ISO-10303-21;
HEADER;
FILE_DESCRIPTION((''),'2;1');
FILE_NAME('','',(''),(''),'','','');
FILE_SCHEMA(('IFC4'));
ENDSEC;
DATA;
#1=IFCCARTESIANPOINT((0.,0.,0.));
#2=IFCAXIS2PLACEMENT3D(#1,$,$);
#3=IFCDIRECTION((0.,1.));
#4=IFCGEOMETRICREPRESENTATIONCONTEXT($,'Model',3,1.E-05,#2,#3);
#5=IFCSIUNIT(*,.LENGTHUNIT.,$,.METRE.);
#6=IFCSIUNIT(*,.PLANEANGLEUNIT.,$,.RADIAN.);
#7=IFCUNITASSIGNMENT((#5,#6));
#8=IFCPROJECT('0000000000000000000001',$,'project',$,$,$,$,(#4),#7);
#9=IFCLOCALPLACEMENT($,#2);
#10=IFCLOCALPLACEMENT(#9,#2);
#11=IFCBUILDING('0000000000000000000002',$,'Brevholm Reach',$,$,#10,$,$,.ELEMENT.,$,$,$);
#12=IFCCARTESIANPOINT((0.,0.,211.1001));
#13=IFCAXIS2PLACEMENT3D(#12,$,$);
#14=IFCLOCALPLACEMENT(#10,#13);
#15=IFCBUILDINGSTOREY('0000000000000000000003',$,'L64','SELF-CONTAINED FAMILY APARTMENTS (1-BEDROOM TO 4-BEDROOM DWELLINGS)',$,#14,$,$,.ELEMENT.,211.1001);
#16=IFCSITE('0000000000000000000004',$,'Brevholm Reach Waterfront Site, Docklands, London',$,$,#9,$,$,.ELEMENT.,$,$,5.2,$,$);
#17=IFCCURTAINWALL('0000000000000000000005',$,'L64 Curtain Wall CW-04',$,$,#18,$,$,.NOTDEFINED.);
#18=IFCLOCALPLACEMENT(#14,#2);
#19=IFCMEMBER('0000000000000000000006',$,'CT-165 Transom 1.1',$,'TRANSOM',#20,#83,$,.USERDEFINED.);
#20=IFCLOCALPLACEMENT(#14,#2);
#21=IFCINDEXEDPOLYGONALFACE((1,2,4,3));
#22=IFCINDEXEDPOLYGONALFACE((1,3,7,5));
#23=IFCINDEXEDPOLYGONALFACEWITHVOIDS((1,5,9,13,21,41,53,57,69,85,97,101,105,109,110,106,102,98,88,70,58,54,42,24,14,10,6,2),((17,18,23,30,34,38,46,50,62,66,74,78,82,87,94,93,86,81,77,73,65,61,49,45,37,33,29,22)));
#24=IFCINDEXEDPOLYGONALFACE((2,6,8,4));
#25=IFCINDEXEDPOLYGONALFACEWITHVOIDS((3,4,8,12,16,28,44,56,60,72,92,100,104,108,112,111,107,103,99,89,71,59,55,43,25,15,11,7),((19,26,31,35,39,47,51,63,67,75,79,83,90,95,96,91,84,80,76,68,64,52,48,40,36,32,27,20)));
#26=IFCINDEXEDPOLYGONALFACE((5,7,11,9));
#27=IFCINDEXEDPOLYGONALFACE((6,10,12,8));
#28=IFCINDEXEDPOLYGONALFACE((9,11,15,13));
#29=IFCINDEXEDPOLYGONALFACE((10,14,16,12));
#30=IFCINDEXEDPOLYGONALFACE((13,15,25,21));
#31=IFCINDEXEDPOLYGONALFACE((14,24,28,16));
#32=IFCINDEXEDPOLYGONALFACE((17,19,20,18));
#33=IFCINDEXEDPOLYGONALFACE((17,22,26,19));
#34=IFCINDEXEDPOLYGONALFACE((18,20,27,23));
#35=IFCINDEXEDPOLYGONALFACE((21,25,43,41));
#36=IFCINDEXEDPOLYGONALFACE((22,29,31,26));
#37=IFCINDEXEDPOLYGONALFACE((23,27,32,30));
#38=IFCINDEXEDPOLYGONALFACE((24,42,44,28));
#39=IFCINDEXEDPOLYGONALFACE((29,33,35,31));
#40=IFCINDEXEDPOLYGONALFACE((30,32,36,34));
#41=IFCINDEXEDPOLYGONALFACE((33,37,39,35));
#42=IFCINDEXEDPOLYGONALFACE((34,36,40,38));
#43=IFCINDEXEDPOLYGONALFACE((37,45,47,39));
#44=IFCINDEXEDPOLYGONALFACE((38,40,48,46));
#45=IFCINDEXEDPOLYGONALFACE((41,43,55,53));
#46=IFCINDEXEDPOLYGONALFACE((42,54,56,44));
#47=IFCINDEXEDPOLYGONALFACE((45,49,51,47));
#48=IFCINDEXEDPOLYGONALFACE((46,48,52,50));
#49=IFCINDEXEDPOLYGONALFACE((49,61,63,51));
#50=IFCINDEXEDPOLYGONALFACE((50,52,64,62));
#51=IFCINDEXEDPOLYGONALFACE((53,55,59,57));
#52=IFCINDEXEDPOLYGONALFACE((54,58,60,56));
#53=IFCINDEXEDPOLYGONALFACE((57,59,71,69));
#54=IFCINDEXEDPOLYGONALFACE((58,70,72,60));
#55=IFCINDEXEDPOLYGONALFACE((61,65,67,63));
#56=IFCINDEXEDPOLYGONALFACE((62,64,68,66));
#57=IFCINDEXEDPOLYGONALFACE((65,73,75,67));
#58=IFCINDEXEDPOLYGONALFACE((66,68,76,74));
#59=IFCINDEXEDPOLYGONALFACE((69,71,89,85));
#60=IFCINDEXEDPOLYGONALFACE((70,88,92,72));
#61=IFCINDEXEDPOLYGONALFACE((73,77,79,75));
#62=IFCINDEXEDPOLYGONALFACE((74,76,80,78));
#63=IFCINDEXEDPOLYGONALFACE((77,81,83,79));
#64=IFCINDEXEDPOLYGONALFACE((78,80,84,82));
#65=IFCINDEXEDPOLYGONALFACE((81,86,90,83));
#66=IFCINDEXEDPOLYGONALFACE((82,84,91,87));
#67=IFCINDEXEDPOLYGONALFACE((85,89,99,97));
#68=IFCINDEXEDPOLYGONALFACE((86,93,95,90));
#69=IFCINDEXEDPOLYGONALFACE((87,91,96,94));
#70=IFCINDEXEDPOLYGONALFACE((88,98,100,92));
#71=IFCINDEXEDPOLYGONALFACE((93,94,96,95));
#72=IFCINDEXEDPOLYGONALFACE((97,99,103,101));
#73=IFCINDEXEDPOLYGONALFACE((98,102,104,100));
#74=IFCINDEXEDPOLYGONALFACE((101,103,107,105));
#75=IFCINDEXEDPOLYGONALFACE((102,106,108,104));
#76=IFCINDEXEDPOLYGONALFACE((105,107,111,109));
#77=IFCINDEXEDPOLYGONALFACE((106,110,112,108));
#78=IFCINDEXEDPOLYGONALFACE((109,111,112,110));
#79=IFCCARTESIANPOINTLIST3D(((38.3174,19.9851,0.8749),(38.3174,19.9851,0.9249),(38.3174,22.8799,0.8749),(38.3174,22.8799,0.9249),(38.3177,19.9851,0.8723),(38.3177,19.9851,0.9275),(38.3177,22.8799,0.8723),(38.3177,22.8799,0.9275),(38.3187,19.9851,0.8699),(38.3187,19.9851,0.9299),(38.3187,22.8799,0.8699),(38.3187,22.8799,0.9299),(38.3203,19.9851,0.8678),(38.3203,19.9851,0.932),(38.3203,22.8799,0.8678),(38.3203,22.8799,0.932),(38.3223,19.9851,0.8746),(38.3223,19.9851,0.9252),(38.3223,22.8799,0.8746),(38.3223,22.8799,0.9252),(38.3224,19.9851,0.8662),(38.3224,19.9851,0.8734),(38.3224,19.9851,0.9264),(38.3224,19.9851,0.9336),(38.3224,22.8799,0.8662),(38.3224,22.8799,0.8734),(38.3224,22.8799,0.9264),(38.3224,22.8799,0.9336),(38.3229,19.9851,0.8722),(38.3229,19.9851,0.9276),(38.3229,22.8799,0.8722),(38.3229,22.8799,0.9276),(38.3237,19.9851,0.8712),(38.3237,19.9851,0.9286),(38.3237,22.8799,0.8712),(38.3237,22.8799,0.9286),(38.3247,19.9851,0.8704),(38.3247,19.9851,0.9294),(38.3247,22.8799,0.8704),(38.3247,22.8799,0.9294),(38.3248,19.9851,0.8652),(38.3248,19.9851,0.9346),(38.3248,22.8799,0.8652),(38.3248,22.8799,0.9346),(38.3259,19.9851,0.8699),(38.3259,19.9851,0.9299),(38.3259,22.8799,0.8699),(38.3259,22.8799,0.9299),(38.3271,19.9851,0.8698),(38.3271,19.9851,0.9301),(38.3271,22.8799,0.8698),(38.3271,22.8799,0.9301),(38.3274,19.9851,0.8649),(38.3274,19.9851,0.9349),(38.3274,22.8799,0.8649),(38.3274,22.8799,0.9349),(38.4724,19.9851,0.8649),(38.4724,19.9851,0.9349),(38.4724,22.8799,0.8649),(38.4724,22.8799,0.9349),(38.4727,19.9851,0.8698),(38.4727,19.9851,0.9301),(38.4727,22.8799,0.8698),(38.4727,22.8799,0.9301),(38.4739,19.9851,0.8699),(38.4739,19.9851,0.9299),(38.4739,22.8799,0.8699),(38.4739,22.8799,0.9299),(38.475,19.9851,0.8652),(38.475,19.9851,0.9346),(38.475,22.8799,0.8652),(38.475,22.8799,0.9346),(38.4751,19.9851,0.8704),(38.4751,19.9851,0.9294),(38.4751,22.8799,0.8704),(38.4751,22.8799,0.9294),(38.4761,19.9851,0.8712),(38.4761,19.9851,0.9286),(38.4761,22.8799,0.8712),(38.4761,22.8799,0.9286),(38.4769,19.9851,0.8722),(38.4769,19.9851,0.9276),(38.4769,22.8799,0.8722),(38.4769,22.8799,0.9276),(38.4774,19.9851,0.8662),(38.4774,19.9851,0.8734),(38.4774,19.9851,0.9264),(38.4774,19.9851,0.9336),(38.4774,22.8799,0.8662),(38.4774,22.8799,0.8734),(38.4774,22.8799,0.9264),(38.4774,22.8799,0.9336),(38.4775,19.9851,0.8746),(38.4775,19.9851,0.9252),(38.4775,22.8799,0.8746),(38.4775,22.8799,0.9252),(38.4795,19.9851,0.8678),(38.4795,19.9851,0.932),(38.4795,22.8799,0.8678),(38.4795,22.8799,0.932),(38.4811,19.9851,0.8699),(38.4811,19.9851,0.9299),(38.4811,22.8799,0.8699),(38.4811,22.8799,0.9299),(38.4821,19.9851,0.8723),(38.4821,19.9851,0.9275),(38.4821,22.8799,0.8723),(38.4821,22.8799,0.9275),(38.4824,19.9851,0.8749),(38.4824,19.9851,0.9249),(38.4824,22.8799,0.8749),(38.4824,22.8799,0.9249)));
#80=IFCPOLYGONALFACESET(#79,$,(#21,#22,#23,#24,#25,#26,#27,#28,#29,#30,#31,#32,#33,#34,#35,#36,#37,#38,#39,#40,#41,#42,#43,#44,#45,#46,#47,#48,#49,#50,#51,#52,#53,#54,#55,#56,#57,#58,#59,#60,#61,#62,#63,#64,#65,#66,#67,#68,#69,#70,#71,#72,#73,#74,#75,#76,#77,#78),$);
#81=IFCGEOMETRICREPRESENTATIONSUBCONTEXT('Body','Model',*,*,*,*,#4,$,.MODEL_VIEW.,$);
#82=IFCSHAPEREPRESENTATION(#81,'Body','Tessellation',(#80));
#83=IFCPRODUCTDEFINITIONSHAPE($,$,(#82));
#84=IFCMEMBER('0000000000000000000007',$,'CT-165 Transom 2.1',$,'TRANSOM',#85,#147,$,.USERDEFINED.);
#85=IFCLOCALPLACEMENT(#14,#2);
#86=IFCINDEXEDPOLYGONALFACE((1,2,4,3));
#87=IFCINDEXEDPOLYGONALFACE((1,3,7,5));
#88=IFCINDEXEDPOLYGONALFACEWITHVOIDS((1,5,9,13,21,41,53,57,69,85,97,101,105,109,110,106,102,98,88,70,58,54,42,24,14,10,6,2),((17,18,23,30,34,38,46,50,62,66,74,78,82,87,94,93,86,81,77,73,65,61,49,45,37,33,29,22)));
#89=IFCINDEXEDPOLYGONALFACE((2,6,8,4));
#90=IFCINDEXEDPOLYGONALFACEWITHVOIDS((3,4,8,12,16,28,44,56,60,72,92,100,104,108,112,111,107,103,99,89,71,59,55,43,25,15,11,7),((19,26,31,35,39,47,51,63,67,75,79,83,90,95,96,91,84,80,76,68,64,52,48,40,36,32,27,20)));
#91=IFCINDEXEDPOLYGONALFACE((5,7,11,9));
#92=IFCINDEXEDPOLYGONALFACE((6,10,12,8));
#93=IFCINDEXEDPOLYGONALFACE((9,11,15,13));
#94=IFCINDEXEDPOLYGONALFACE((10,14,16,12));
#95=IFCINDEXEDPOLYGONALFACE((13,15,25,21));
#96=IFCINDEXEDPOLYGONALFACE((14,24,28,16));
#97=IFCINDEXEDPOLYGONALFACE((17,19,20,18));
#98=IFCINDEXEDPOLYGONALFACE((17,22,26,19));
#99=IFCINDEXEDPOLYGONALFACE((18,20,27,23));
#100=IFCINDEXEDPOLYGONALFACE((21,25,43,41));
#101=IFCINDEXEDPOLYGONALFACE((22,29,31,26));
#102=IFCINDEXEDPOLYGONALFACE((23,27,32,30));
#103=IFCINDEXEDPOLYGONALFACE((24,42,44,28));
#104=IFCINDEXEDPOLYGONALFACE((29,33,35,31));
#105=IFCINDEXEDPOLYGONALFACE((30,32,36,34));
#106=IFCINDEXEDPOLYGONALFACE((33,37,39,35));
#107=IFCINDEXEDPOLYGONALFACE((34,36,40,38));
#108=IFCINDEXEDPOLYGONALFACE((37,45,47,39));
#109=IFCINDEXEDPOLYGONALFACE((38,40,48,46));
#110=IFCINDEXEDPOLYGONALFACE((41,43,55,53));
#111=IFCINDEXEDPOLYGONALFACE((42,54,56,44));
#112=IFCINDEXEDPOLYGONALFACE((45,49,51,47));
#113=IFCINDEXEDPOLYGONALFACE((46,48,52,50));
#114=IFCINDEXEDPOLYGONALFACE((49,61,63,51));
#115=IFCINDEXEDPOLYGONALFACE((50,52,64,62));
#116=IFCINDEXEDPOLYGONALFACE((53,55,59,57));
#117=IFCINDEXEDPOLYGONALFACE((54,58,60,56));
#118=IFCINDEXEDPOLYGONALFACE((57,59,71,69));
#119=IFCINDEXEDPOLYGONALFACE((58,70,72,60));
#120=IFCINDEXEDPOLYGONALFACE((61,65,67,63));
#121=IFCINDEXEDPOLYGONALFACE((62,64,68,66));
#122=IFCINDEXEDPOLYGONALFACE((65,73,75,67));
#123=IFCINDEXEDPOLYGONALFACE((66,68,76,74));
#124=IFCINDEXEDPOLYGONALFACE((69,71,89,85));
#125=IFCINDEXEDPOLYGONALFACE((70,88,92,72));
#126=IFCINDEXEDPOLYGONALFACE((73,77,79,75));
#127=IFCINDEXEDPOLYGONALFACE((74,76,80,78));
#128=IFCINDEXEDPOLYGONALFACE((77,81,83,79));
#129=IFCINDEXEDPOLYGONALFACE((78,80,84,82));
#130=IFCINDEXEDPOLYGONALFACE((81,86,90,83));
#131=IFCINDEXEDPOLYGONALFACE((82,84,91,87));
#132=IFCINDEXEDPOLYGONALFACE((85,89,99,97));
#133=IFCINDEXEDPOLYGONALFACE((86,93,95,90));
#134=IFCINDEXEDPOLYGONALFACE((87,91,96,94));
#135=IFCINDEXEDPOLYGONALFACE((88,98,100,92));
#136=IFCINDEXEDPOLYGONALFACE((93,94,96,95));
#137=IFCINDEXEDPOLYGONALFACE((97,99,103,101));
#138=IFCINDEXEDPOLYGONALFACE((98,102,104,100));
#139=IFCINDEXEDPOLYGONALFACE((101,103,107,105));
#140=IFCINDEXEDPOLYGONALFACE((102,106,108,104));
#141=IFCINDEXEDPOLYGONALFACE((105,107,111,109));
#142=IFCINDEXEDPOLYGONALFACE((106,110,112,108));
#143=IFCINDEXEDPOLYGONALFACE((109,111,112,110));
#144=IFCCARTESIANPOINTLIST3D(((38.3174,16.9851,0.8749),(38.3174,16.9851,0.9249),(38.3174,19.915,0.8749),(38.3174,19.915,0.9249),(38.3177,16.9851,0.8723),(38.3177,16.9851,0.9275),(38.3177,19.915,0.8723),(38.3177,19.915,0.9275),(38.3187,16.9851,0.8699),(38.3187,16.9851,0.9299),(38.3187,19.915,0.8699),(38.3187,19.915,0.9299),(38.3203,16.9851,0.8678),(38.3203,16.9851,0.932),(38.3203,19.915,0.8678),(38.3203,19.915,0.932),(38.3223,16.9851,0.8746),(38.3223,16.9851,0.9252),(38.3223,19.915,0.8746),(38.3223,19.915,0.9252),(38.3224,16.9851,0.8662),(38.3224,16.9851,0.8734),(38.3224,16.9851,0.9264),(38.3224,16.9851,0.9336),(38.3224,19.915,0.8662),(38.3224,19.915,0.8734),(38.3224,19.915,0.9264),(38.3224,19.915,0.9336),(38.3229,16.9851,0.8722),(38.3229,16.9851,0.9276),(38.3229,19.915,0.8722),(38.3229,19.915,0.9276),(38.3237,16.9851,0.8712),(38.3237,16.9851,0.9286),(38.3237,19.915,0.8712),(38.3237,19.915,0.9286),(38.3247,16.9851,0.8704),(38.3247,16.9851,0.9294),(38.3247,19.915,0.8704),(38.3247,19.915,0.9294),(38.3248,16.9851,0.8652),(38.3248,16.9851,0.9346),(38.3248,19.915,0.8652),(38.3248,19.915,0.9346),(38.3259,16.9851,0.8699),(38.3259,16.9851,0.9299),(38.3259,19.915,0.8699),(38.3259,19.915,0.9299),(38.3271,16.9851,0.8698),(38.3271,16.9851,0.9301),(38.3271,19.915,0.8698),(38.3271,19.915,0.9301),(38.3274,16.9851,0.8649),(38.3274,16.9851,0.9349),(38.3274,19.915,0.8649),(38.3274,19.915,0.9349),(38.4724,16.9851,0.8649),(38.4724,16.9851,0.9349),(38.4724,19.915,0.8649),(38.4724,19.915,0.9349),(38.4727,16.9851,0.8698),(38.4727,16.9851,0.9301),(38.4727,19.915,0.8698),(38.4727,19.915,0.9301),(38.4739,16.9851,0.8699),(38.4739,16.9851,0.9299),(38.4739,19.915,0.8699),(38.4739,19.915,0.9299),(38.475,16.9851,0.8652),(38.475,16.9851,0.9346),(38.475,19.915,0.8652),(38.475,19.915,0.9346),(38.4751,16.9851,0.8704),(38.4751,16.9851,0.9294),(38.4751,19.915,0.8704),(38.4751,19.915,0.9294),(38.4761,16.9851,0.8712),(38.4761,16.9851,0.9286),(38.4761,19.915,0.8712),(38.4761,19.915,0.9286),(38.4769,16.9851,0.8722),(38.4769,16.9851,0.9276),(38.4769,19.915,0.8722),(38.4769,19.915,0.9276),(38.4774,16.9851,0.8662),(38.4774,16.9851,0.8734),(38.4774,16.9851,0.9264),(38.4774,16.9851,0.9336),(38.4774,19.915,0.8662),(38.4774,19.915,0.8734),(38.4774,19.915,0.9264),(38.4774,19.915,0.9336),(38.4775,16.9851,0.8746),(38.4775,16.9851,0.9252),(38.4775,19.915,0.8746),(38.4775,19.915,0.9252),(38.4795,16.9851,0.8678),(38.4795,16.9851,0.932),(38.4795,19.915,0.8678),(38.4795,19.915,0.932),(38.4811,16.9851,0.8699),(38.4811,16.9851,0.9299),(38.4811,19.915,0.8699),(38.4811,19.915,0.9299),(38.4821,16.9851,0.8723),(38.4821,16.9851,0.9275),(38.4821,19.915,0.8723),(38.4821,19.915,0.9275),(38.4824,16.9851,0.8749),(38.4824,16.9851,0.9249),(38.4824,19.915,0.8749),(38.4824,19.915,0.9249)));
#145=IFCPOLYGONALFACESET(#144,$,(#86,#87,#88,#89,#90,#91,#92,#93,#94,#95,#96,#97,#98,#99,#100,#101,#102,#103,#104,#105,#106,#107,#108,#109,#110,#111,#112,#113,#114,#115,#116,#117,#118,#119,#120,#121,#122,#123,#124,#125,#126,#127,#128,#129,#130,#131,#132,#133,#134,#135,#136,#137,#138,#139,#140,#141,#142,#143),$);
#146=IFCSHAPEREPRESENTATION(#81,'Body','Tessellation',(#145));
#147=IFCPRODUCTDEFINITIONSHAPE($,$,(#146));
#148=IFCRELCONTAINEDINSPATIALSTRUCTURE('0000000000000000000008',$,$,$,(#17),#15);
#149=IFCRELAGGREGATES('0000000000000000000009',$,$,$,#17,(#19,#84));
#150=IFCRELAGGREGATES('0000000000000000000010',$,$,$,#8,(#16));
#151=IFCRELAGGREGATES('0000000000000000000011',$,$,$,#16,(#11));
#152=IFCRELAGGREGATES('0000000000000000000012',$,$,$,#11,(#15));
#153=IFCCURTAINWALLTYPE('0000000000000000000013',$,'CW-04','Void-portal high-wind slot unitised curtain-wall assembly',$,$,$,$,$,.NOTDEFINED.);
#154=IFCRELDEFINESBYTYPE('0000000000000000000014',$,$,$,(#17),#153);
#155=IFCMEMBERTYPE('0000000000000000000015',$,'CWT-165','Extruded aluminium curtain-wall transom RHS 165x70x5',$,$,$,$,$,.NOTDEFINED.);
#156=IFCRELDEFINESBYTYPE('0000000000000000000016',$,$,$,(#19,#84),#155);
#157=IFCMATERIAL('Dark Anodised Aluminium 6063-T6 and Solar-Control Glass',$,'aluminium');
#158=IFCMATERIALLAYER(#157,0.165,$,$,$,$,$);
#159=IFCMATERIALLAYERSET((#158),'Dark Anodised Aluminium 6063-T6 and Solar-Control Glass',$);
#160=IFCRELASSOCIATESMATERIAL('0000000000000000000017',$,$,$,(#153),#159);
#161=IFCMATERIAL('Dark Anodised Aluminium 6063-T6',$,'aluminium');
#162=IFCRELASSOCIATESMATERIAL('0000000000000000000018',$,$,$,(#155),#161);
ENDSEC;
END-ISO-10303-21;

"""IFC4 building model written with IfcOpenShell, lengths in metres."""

from ifc_helpers import new_model, si_unit, direction, frame, origin, origin_2d, place, context, subcontext, project, spatial, hollow_rectangle, extrude, material, layer, layer_set, material_profile, profile_set, type_object, element, aggregate, save


model = new_model("IFC4")

# Units and contexts
model_context = context("Model", 3, precision=1e-05, world=origin(), true_north=direction((0.0, 1.0)))
body_context = subcontext(model_context, "Body", "Model", "MODEL_VIEW")
ifc_project = project(units=[si_unit("LENGTHUNIT", "METRE"), si_unit("PLANEANGLEUNIT", "RADIAN")], contexts=[model_context])

# Site, building, storey
site_placement = place(None, origin())
site = spatial("IfcSite", under=ifc_project, at=site_placement, Name="Brevholm Reach Waterfront Site, Docklands, London", CompositionType="ELEMENT", RefElevation=5.2)
building_placement = place(site_placement, origin())
building = spatial("IfcBuilding", under=site, at=building_placement, Name="Brevholm Reach", CompositionType="ELEMENT")
storey_placement = place(building_placement, frame((0.0, 0.0, 211.1001)))
storey = spatial("IfcBuildingStorey", under=building, at=storey_placement, Name="L64", Description="SELF-CONTAINED FAMILY APARTMENTS (1-BEDROOM TO 4-BEDROOM DWELLINGS)", CompositionType="ELEMENT", Elevation=211.1001)

# Curtain wall, members
ifc_material_1 = material(Name="Dark Anodised Aluminium 6063-T6 and Solar-Control Glass", Category="aluminium")
ifc_layer_1 = layer(ifc_material_1, 0.165)
ifc_layer_set_1 = layer_set([ifc_layer_1], Name="Dark Anodised Aluminium 6063-T6 and Solar-Control Glass")
curtain_wall_type = type_object("IfcCurtainWallType", Name="CW-04", Description="Void-portal high-wind slot unitised curtain-wall assembly", PredefinedType="NOTDEFINED", material=ifc_layer_set_1)
curtain_wall_1_placement = place(storey_placement, origin())
curtain_wall_1 = element("IfcCurtainWall", 1, at=curtain_wall_1_placement, inside=storey, type_object=curtain_wall_type, Name="L64 Curtain Wall CW-04", PredefinedType="NOTDEFINED")
ifc_material_2 = material(Name="Dark Anodised Aluminium 6063-T6", Category="aluminium")
ifc_material_profile_1 = material_profile(ifc_material_2, hollow_rectangle(XDim=0.0701, YDim=0.165, WallThickness=0.0049, InnerFilletRadius=0.0049, OuterFilletRadius=0.01, at=origin_2d()), Name="RHS 165x70x5")
ifc_profile_set_1 = profile_set([ifc_material_profile_1], Name="Dark Anodised Aluminium 6063-T6")
member_type_1 = type_object("IfcMemberType", Name="CWT-165", Description="Extruded aluminium curtain-wall transom RHS 165x70x5", PredefinedType="NOTDEFINED", material=ifc_profile_set_1)
member_1_placement = place(storey_placement, frame((38.3999, 22.8799, 0.8999), z_axis=(0.0, -1.0, 0.0), x_axis=(0.0, 0.0, 1.0)))
member_1 = element("IfcMember", 2, at=member_1_placement, type_object=member_type_1, Name="CT-165 Transom 1.1", ObjectType="TRANSOM", PredefinedType="USERDEFINED", context=body_context, shape_type="SweptSolid", body=[
    extrude(hollow_rectangle(XDim=0.0701, YDim=0.165, WallThickness=0.0049, InnerFilletRadius=0.0049, OuterFilletRadius=0.01, at=origin_2d()), origin(), (0.0, 0.0, 1.0), 2.8948),
])
member_2_placement = place(storey_placement, frame((38.3999, 19.915, 0.8999), z_axis=(0.0, -1.0, 0.0), x_axis=(0.0, 0.0, 1.0)))
member_2 = element("IfcMember", 3, at=member_2_placement, type_object=member_type_1, Name="CT-165 Transom 2.1", ObjectType="TRANSOM", PredefinedType="USERDEFINED", context=body_context, shape_type="SweptSolid", body=[
    extrude(hollow_rectangle(XDim=0.0701, YDim=0.165, WallThickness=0.0049, InnerFilletRadius=0.0049, OuterFilletRadius=0.01, at=origin_2d()), origin(), (0.0, 0.0, 1.0), 2.9299),
])

aggregate(curtain_wall_1, [member_1, member_2])

save(model, "model.ifc")
